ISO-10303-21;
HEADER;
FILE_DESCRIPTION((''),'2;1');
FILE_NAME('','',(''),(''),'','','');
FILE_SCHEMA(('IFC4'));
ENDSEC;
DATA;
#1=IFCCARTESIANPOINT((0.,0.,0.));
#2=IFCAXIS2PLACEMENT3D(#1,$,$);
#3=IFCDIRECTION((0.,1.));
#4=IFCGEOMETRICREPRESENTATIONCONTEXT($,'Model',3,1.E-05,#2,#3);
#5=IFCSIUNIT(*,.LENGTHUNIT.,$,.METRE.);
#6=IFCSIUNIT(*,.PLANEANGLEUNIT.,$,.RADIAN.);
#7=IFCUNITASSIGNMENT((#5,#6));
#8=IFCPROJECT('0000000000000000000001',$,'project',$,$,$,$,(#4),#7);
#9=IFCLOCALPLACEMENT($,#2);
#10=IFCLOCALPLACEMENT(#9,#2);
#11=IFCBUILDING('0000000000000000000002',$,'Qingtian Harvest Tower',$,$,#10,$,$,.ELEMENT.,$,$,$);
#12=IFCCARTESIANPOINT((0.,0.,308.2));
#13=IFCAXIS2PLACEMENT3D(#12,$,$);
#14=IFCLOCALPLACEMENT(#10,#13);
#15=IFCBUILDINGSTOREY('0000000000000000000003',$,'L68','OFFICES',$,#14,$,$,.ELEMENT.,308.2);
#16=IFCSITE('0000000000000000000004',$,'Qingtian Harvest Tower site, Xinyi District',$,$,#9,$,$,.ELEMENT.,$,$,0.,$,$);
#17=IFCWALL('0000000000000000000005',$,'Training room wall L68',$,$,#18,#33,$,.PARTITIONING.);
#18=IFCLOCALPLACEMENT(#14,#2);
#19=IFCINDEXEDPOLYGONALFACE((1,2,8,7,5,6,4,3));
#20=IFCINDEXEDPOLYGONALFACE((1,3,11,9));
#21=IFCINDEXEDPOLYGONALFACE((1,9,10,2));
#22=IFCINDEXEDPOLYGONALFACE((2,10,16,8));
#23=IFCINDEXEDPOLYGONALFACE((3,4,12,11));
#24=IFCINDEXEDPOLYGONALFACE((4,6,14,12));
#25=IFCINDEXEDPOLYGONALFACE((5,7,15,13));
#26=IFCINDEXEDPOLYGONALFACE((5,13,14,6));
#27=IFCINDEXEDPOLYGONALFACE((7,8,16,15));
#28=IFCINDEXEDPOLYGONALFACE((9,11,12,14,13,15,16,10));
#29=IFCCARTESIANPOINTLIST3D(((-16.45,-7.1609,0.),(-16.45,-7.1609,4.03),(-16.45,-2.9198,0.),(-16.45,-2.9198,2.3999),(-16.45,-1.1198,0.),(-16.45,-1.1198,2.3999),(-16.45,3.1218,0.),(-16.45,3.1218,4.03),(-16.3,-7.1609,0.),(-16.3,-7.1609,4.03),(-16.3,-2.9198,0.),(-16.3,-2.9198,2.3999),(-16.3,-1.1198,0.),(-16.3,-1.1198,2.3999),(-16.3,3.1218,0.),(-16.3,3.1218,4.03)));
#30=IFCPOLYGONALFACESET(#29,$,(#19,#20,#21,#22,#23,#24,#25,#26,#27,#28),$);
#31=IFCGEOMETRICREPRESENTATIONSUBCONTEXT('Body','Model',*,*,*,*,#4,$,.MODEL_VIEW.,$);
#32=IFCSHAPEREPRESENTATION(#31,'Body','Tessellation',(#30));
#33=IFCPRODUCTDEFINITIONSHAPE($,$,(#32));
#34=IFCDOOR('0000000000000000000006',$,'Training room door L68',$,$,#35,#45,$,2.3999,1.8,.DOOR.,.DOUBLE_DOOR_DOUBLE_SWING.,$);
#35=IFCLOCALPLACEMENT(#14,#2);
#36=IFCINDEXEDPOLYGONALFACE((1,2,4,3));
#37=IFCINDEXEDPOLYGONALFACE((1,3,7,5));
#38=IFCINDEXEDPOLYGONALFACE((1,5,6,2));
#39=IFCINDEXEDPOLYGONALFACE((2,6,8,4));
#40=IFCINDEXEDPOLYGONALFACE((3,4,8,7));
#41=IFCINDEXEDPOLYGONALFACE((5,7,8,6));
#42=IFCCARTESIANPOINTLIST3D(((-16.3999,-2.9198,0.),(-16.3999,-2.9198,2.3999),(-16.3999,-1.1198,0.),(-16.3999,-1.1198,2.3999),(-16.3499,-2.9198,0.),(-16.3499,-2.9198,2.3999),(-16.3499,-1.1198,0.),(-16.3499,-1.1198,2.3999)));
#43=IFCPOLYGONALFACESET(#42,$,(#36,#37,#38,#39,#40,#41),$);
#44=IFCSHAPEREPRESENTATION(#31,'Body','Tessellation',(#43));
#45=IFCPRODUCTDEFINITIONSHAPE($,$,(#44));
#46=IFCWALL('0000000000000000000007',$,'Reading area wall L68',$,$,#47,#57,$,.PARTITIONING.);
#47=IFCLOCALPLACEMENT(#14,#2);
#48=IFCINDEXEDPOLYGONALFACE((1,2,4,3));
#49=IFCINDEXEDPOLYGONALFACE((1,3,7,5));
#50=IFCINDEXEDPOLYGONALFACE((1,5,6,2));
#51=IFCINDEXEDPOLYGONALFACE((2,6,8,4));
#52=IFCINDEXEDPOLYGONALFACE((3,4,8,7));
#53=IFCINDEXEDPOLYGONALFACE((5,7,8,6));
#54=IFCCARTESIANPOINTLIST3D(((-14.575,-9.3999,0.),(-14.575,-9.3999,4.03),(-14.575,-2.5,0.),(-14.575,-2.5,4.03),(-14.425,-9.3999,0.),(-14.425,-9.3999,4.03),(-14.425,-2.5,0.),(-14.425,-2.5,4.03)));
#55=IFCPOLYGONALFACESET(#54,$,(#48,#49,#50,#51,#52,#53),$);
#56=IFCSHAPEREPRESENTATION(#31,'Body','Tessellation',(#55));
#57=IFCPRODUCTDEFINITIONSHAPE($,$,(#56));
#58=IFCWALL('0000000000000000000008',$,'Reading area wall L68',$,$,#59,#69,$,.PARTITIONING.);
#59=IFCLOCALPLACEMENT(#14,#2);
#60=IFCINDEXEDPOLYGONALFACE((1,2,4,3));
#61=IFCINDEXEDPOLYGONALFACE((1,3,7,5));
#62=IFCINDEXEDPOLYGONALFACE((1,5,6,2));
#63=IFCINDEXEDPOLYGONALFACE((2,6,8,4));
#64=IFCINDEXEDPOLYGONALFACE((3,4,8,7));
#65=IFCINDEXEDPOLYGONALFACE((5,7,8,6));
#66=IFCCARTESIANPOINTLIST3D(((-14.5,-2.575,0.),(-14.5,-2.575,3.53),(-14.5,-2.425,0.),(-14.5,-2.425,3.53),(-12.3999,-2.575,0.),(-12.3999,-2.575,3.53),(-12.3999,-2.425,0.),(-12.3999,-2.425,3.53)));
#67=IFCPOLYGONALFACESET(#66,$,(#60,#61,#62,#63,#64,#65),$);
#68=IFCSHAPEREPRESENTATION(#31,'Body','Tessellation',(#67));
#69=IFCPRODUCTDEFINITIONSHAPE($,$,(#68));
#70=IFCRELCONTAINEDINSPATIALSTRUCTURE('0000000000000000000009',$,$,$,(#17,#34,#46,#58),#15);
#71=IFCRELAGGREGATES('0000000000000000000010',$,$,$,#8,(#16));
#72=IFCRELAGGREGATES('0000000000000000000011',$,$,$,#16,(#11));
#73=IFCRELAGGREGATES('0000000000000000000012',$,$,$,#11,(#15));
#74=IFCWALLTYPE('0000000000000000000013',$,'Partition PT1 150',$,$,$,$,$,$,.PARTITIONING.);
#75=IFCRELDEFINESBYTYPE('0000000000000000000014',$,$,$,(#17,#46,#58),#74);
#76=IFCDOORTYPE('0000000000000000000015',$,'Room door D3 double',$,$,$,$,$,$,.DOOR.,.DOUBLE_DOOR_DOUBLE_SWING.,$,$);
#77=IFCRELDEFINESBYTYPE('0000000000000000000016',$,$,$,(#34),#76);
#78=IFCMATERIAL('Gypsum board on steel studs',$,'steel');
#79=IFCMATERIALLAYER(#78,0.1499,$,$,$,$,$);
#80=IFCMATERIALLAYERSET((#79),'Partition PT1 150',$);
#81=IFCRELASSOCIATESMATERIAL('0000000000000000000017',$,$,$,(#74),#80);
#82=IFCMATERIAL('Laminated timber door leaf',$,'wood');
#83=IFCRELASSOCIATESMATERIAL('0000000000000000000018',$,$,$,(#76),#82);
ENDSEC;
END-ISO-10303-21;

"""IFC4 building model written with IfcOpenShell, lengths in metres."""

from ifc_helpers import new_model, si_unit, direction, frame, frame_2d, origin, place, context, subcontext, project, spatial, rectangle, extrude, material, layer, layer_set, type_object, element, fill, save


model = new_model("IFC4")

# Units and contexts
model_context = context("Model", 3, precision=1e-05, world=origin(), true_north=direction((0.0, 1.0)))
body_context = subcontext(model_context, "Body", "Model", "MODEL_VIEW")
ifc_project = project(units=[si_unit("LENGTHUNIT", "METRE"), si_unit("PLANEANGLEUNIT", "RADIAN")], contexts=[model_context])

# Site, building, storey
site_placement = place(None, origin())
site = spatial("IfcSite", under=ifc_project, at=site_placement, Name="Qingtian Harvest Tower site, Xinyi District", CompositionType="ELEMENT", RefElevation=0.0)
building_placement = place(site_placement, origin())
building = spatial("IfcBuilding", under=site, at=building_placement, Name="Qingtian Harvest Tower", CompositionType="ELEMENT")
storey_placement = place(building_placement, frame((0.0, 0.0, 308.2)))
storey = spatial("IfcBuildingStorey", under=building, at=storey_placement, Name="L68", Description="OFFICES", CompositionType="ELEMENT", Elevation=308.2)

# Shared definitions
ifc_material_1 = material(Name="Gypsum board on steel studs", Category="steel")
ifc_layer_1 = layer(ifc_material_1, 0.1499)
ifc_layer_set_1 = layer_set([ifc_layer_1], Name="Partition PT1 150")
wall_type_1 = type_object("IfcWallType", Name="Partition PT1 150", PredefinedType="PARTITIONING", material=ifc_layer_set_1)

# Wall, opening, door
wall_1_placement = place(storey_placement, frame((-16.375, -7.1609, 0.0), z_axis=(0.0, 0.0, 1.0), x_axis=(0.0, 1.0, 0.0)))
wall_1 = element("IfcWall", 1, at=wall_1_placement, inside=storey, type_object=wall_type_1, Name="Training room wall L68", PredefinedType="PARTITIONING", context=body_context, shape_type="SweptSolid", body=[
    extrude(rectangle(XDim=10.2827, YDim=0.1499, at=frame_2d((5.1414, 0.0))), origin(), (0.0, 0.0, 1.0), 4.03),
])
opening_1_placement = place(wall_1_placement, frame((4.2412, 0.0, 0.0)))
opening_1 = element("IfcOpeningElement", 2, at=opening_1_placement, cuts=wall_1, PredefinedType="OPENING", context=body_context, shape_type="SweptSolid", body=[
    extrude(rectangle(XDim=1.8, YDim=2.3999, at=frame_2d((0.8999, 1.2))), frame((0.0, 0.085, 0.0), z_axis=(0.0, -1.0, 0.0), x_axis=(1.0, 0.0, 0.0)), (0.0, 0.0, 1.0), 0.1699),
])
ifc_material_2 = material(Name="Laminated timber door leaf", Category="wood")
door_type_1 = type_object("IfcDoorType", Name="Room door D3 double", OperationType="DOUBLE_DOOR_DOUBLE_SWING", PredefinedType="DOOR", material=ifc_material_2)
door_1_placement = place(opening_1_placement, origin())
door_1 = element("IfcDoor", 3, at=door_1_placement, inside=storey, type_object=door_type_1, Name="Training room door L68", OperationType="DOUBLE_DOOR_DOUBLE_SWING", OverallHeight=2.3999, OverallWidth=1.8, PredefinedType="DOOR", context=body_context, shape_type="SweptSolid", body=[
    extrude(rectangle(XDim=1.8, YDim=2.3999, at=frame_2d((0.8999, 1.2))), frame((0.0, 0.0249, 0.0), z_axis=(0.0, -1.0, 0.0), x_axis=(1.0, 0.0, 0.0)), (0.0, 0.0, 1.0), 0.05),
])
fill(opening_1, door_1)

# Walls
wall_2_placement = place(storey_placement, frame((-14.5, -9.3999, 0.0), z_axis=(0.0, 0.0, 1.0), x_axis=(0.0, 1.0, 0.0)))
element("IfcWall", 4, at=wall_2_placement, inside=storey, type_object=wall_type_1, Name="Reading area wall L68", PredefinedType="PARTITIONING", context=body_context, shape_type="SweptSolid", body=[
    extrude(rectangle(XDim=6.8999, YDim=0.1499, at=frame_2d((3.45, 0.0))), origin(), (0.0, 0.0, 1.0), 4.03),
])
wall_3_placement = place(storey_placement, frame((-12.3999, -2.5, 0.0), z_axis=(0.0, 0.0, 1.0), x_axis=(-1.0, 0.0, 0.0)))
element("IfcWall", 5, at=wall_3_placement, inside=storey, type_object=wall_type_1, Name="Reading area wall L68", PredefinedType="PARTITIONING", context=body_context, shape_type="SweptSolid", body=[
    extrude(rectangle(XDim=2.1001, YDim=0.1499, at=frame_2d((1.05, 0.0))), origin(), (0.0, 0.0, 1.0), 3.53),
])

save(model, "model.ifc")
